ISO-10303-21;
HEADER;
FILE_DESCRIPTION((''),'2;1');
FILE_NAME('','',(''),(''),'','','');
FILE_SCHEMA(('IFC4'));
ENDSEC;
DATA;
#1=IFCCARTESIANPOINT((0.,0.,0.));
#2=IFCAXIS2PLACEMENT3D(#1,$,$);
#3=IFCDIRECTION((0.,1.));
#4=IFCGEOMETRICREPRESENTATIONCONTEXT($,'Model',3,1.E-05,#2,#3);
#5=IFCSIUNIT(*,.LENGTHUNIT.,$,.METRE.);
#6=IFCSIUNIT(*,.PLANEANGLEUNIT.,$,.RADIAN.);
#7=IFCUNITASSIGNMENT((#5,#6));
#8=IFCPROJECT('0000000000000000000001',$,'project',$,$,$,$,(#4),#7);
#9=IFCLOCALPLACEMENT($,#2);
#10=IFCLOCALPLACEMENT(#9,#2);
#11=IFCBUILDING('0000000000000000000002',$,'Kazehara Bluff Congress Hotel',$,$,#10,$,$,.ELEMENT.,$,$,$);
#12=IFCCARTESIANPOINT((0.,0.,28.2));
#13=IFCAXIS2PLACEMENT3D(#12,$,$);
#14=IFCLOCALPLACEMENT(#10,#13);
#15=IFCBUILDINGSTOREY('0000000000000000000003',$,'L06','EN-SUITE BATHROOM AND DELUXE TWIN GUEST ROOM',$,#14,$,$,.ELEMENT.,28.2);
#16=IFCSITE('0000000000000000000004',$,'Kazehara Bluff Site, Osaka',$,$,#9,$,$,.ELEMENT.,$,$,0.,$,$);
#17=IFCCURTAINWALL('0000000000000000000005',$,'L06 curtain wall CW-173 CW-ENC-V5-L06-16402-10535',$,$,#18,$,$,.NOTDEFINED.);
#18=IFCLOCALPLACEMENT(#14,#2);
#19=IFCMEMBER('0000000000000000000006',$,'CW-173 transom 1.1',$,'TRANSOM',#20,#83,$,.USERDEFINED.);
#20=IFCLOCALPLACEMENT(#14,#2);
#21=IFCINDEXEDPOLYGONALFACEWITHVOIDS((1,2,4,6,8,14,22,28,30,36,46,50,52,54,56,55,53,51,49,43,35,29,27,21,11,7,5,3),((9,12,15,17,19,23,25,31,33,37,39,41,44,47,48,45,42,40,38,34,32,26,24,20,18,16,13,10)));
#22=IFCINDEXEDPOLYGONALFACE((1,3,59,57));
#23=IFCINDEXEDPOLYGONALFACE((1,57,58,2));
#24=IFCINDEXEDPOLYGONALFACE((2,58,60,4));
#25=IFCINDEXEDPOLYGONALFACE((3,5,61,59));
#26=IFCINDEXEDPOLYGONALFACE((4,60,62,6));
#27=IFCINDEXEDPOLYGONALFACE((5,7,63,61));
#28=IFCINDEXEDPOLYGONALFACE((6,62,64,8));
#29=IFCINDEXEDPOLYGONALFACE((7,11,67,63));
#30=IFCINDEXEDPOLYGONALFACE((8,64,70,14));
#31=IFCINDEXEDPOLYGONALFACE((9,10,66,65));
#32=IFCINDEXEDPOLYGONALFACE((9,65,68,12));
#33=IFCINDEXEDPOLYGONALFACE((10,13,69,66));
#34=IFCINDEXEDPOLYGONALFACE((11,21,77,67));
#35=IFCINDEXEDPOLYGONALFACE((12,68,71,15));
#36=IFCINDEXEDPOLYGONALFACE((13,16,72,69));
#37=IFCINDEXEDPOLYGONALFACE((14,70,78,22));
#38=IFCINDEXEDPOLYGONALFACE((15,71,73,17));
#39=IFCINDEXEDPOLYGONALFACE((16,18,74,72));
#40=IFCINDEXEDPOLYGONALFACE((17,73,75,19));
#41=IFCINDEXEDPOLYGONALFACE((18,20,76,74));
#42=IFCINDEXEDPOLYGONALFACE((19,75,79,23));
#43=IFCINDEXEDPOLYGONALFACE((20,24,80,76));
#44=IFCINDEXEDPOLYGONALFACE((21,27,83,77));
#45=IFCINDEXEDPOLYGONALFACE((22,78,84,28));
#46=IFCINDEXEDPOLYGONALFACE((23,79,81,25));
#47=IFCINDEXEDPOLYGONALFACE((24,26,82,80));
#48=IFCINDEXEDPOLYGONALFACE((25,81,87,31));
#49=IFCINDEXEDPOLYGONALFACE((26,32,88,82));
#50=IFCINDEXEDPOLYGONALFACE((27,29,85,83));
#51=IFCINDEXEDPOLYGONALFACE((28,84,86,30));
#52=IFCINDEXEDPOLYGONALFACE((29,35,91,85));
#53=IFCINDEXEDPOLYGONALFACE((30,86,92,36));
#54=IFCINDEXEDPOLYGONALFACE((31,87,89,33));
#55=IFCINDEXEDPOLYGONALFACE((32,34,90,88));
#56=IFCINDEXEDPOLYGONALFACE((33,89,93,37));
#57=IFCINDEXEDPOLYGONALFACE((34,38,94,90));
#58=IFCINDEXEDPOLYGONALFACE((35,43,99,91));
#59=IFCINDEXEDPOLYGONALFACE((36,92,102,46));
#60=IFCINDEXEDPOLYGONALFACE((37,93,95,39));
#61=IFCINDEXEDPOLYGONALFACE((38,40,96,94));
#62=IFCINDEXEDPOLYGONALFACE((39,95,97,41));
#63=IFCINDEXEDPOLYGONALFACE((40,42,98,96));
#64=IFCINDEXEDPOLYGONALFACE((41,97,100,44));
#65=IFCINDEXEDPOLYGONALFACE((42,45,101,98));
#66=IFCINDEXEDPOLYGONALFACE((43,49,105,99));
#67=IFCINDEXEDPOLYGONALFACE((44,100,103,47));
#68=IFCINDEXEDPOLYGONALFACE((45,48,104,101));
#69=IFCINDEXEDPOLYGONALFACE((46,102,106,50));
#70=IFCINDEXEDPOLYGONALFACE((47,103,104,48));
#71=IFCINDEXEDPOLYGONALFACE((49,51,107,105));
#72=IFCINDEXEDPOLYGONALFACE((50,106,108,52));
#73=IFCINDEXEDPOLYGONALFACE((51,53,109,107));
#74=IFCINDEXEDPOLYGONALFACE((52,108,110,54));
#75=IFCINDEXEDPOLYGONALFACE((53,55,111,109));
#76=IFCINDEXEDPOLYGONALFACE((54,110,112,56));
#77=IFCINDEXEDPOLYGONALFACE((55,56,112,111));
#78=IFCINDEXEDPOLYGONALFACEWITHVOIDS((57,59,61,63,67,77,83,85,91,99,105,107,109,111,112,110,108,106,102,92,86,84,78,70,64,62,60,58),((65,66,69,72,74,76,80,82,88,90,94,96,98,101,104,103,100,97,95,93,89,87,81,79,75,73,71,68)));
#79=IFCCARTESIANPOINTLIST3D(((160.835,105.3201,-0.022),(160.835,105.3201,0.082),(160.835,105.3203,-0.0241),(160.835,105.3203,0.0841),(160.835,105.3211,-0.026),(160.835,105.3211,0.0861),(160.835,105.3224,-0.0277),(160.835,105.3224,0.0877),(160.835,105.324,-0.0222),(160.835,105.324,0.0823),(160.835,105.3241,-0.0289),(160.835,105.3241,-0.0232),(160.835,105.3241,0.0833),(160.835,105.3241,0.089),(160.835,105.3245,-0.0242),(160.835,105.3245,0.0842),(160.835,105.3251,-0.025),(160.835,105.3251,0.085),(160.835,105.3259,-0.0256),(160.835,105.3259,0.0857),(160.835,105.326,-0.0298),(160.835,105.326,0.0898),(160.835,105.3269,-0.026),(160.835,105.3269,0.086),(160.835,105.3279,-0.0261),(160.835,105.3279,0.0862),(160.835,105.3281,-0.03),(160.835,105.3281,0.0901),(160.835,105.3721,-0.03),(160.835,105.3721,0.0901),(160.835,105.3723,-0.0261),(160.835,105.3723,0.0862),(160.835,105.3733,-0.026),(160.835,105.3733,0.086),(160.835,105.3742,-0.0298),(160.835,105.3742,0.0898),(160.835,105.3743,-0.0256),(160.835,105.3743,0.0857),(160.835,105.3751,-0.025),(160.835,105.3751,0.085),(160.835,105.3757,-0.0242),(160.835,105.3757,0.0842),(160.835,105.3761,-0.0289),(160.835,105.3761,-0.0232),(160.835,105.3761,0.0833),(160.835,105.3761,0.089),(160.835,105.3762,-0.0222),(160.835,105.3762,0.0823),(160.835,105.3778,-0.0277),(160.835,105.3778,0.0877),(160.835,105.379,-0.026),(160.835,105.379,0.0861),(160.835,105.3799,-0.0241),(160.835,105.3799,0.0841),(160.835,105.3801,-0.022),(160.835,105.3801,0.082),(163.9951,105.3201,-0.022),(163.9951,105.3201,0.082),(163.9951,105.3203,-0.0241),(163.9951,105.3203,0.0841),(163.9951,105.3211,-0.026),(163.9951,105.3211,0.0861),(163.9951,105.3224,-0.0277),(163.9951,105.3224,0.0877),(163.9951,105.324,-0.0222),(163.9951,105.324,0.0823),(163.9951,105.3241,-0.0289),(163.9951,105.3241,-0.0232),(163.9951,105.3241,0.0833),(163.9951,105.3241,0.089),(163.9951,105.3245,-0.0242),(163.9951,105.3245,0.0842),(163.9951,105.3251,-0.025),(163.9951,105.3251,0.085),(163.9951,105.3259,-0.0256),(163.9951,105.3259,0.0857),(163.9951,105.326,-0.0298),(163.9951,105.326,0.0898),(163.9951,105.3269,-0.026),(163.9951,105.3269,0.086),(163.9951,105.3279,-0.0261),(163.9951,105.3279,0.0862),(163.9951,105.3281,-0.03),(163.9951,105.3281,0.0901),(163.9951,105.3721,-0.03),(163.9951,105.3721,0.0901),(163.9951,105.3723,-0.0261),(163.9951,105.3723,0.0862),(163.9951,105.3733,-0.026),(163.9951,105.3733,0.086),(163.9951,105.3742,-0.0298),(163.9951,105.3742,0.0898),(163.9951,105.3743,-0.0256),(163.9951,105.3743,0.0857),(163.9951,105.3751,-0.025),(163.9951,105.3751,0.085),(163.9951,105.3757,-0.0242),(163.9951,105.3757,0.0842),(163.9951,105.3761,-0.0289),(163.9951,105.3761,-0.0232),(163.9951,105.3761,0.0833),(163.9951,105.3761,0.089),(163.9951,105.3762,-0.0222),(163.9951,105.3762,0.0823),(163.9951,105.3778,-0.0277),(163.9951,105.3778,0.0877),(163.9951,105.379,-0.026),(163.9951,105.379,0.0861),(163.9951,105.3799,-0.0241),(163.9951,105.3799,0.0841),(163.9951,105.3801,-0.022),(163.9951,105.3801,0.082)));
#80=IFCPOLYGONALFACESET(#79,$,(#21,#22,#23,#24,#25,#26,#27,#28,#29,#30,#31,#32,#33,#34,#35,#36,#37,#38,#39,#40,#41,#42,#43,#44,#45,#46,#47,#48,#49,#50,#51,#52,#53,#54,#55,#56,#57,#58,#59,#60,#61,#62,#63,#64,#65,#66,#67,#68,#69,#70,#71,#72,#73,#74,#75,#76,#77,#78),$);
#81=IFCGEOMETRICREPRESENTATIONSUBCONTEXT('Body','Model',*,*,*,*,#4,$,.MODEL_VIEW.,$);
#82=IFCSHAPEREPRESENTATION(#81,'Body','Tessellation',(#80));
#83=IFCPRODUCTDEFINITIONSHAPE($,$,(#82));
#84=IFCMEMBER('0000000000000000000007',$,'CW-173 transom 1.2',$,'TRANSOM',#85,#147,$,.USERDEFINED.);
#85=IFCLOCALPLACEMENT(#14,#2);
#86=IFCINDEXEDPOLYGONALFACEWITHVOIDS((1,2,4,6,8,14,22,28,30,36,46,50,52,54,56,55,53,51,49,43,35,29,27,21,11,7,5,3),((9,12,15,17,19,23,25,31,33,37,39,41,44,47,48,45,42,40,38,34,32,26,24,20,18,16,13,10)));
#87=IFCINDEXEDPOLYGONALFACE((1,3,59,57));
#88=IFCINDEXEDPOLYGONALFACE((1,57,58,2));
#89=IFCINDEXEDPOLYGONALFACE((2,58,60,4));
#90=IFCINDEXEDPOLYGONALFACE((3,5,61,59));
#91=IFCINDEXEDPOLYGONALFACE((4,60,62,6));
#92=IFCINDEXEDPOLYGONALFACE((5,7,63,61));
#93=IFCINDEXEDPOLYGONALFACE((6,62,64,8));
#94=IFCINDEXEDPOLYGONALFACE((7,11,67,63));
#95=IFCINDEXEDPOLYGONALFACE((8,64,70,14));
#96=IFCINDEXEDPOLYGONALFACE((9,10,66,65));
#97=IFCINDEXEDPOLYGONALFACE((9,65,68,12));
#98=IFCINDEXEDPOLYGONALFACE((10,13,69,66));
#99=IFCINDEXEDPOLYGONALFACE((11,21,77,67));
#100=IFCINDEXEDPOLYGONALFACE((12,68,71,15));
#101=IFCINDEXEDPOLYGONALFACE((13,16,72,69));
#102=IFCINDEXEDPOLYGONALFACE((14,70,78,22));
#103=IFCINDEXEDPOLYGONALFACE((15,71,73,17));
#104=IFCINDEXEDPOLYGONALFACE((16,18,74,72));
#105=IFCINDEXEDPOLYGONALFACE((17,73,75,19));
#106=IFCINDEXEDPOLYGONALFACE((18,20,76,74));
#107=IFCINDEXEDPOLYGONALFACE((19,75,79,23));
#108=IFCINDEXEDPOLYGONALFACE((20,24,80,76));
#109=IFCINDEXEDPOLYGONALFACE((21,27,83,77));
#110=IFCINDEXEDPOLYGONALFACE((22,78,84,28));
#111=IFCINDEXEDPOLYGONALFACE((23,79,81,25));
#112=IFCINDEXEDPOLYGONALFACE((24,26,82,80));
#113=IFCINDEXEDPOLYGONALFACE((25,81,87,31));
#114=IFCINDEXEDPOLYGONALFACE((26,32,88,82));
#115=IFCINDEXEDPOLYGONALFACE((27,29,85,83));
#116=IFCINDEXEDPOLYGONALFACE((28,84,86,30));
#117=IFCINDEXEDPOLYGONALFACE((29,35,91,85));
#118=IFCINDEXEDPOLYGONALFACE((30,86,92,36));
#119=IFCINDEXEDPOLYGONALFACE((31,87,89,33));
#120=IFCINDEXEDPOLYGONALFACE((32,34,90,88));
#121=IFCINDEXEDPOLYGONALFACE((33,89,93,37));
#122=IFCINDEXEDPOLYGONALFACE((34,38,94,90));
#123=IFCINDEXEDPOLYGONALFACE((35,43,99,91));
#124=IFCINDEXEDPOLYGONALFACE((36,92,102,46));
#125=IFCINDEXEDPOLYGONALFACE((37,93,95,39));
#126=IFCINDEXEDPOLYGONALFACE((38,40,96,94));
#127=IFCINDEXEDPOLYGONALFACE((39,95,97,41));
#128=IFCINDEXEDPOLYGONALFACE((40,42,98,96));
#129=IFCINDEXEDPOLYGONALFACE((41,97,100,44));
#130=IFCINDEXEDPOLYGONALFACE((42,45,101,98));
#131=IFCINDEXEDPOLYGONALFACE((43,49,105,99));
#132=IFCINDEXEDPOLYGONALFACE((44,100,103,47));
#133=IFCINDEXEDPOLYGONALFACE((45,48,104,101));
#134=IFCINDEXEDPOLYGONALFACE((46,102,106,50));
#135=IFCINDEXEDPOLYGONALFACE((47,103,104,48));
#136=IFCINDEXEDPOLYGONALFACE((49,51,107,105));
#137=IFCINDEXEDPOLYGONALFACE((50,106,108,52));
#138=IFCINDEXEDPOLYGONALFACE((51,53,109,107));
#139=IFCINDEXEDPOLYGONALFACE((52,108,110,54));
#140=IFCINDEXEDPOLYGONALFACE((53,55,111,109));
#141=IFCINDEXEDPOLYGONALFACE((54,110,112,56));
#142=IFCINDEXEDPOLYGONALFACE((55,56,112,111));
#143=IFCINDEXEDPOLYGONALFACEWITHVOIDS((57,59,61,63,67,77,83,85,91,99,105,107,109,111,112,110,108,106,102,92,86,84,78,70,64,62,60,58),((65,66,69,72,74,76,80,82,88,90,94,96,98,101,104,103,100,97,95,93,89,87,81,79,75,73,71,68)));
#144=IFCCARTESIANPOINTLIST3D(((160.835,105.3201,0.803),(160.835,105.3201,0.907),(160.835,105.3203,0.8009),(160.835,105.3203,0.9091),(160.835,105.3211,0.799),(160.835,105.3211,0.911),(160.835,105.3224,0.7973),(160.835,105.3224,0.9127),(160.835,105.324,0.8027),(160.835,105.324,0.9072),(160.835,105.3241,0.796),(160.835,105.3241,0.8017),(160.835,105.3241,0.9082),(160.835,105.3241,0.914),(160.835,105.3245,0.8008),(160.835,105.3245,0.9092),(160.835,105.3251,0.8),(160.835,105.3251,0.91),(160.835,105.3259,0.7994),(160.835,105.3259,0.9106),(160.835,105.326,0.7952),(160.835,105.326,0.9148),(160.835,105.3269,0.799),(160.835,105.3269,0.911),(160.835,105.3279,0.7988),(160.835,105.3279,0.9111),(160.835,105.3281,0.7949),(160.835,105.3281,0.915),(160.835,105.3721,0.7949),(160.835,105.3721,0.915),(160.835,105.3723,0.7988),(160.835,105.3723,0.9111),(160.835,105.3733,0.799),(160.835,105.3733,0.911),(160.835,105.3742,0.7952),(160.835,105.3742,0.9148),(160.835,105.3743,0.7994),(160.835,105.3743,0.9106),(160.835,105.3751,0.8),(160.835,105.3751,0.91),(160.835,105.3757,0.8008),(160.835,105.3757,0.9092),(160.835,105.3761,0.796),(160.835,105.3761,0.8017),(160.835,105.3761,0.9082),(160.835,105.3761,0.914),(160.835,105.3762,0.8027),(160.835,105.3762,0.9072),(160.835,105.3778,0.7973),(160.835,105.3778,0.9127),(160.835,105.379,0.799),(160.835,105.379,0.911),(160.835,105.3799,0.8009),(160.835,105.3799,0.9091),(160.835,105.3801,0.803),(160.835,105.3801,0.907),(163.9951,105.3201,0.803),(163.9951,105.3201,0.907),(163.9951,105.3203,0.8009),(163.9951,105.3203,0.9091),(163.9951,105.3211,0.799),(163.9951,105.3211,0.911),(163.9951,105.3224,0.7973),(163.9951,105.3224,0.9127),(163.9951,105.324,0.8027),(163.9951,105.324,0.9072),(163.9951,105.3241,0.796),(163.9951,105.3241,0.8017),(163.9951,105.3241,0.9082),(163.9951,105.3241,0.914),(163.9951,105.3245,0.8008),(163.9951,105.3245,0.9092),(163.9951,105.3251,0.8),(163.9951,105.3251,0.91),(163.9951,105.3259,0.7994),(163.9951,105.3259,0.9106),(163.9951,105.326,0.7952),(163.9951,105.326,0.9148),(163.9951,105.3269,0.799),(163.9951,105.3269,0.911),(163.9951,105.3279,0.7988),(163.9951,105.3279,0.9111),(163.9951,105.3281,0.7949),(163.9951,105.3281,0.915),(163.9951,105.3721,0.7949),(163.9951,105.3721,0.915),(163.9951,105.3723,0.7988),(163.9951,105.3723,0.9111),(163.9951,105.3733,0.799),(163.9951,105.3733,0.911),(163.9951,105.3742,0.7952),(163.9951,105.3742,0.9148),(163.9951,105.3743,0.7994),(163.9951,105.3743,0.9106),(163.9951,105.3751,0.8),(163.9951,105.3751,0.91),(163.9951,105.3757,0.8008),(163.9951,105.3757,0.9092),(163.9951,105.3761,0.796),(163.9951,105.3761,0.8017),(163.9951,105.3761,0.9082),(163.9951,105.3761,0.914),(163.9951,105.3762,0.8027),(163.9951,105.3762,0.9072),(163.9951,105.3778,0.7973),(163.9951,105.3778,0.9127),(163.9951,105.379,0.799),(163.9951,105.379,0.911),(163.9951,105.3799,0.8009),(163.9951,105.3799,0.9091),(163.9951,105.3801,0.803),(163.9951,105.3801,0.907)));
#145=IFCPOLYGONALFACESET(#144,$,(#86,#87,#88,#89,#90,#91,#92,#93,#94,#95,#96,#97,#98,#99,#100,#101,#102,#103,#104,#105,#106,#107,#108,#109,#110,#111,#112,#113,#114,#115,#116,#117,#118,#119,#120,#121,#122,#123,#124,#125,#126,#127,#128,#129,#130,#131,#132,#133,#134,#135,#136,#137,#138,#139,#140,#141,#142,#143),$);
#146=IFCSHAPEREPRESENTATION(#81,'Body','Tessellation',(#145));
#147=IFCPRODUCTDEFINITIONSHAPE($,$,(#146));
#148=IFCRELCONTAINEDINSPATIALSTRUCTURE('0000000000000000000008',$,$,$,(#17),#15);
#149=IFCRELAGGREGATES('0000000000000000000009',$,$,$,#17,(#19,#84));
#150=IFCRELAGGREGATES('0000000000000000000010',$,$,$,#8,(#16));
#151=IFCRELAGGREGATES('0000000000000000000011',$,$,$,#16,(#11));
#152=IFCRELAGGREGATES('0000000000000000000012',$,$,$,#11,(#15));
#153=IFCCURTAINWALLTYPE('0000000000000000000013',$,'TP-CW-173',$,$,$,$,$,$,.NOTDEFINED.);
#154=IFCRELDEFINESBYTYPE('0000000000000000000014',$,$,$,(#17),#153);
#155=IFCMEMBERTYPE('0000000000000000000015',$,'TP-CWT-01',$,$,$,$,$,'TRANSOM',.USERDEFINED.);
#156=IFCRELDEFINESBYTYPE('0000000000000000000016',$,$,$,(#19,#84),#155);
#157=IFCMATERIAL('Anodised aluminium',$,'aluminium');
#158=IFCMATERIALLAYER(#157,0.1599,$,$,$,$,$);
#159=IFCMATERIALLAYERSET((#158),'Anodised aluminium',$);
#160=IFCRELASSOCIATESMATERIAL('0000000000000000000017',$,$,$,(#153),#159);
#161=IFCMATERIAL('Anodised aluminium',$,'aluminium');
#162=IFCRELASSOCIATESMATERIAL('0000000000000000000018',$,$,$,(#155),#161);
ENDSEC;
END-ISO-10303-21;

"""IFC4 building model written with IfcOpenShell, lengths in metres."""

from ifc_helpers import new_model, si_unit, direction, frame, origin, origin_2d, place, context, subcontext, project, spatial, hollow_rectangle, extrude, material, layer, layer_set, material_profile, profile_set, type_object, element, aggregate, save


model = new_model("IFC4")

# Units and contexts
model_context = context("Model", 3, precision=1e-05, world=origin(), true_north=direction((0.0, 1.0)))
body_context = subcontext(model_context, "Body", "Model", "MODEL_VIEW")
ifc_project = project(units=[si_unit("LENGTHUNIT", "METRE"), si_unit("PLANEANGLEUNIT", "RADIAN")], contexts=[model_context])

# Site, building, storey
site_placement = place(None, origin())
site = spatial("IfcSite", under=ifc_project, at=site_placement, Name="Kazehara Bluff Site, Osaka", CompositionType="ELEMENT", RefElevation=0.0)
building_placement = place(site_placement, origin())
building = spatial("IfcBuilding", under=site, at=building_placement, Name="Kazehara Bluff Congress Hotel", CompositionType="ELEMENT")
storey_placement = place(building_placement, frame((0.0, 0.0, 28.2)))
storey = spatial("IfcBuildingStorey", under=building, at=storey_placement, Name="L06", Description="EN-SUITE BATHROOM AND DELUXE TWIN GUEST ROOM", CompositionType="ELEMENT", Elevation=28.2)

# Curtain wall, members
ifc_material_1 = material(Name="Anodised aluminium", Category="aluminium")
ifc_layer_1 = layer(ifc_material_1, 0.1599)
ifc_layer_set_1 = layer_set([ifc_layer_1], Name="Anodised aluminium")
curtain_wall_type = type_object("IfcCurtainWallType", Name="TP-CW-173", PredefinedType="NOTDEFINED", material=ifc_layer_set_1)
curtain_wall_placement = place(storey_placement, origin())
curtain_wall = element("IfcCurtainWall", 1, at=curtain_wall_placement, inside=storey, type_object=curtain_wall_type, Name="L06 curtain wall CW-173 CW-ENC-V5-L06-16402-10535", PredefinedType="NOTDEFINED")
ifc_material_2 = material(Name="Anodised aluminium", Category="aluminium")
ifc_material_profile_1 = material_profile(ifc_material_2, hollow_rectangle(XDim=0.0601, YDim=0.1201, WallThickness=0.0039, InnerFilletRadius=0.0039, OuterFilletRadius=0.0081, at=origin_2d()))
ifc_profile_set_1 = profile_set([ifc_material_profile_1], Name="Anodised aluminium")
member_type_1 = type_object("IfcMemberType", Name="TP-CWT-01", ElementType="TRANSOM", PredefinedType="USERDEFINED", material=ifc_profile_set_1)
member_1_placement = place(storey_placement, frame((160.835, 105.3501, 0.03), z_axis=(1.0, 0.0, 0.0), x_axis=(0.0, 1.0, 0.0)))
member_1 = element("IfcMember", 2, at=member_1_placement, type_object=member_type_1, Name="CW-173 transom 1.1", ObjectType="TRANSOM", PredefinedType="USERDEFINED", context=body_context, shape_type="SweptSolid", body=[
    extrude(hollow_rectangle(XDim=0.0601, YDim=0.1201, WallThickness=0.0039, InnerFilletRadius=0.0039, OuterFilletRadius=0.0081, at=origin_2d()), origin(), (0.0, 0.0, 1.0), 3.1602),
])
member_2_placement = place(storey_placement, frame((160.835, 105.3501, 0.855), z_axis=(1.0, 0.0, 0.0), x_axis=(0.0, 1.0, 0.0)))
member_2 = element("IfcMember", 3, at=member_2_placement, type_object=member_type_1, Name="CW-173 transom 1.2", ObjectType="TRANSOM", PredefinedType="USERDEFINED", context=body_context, shape_type="SweptSolid", body=[
    extrude(hollow_rectangle(XDim=0.0601, YDim=0.1201, WallThickness=0.0039, InnerFilletRadius=0.0039, OuterFilletRadius=0.0081, at=origin_2d()), origin(), (0.0, 0.0, 1.0), 3.1602),
])

aggregate(curtain_wall, [member_1, member_2])

save(model, "model.ifc")
